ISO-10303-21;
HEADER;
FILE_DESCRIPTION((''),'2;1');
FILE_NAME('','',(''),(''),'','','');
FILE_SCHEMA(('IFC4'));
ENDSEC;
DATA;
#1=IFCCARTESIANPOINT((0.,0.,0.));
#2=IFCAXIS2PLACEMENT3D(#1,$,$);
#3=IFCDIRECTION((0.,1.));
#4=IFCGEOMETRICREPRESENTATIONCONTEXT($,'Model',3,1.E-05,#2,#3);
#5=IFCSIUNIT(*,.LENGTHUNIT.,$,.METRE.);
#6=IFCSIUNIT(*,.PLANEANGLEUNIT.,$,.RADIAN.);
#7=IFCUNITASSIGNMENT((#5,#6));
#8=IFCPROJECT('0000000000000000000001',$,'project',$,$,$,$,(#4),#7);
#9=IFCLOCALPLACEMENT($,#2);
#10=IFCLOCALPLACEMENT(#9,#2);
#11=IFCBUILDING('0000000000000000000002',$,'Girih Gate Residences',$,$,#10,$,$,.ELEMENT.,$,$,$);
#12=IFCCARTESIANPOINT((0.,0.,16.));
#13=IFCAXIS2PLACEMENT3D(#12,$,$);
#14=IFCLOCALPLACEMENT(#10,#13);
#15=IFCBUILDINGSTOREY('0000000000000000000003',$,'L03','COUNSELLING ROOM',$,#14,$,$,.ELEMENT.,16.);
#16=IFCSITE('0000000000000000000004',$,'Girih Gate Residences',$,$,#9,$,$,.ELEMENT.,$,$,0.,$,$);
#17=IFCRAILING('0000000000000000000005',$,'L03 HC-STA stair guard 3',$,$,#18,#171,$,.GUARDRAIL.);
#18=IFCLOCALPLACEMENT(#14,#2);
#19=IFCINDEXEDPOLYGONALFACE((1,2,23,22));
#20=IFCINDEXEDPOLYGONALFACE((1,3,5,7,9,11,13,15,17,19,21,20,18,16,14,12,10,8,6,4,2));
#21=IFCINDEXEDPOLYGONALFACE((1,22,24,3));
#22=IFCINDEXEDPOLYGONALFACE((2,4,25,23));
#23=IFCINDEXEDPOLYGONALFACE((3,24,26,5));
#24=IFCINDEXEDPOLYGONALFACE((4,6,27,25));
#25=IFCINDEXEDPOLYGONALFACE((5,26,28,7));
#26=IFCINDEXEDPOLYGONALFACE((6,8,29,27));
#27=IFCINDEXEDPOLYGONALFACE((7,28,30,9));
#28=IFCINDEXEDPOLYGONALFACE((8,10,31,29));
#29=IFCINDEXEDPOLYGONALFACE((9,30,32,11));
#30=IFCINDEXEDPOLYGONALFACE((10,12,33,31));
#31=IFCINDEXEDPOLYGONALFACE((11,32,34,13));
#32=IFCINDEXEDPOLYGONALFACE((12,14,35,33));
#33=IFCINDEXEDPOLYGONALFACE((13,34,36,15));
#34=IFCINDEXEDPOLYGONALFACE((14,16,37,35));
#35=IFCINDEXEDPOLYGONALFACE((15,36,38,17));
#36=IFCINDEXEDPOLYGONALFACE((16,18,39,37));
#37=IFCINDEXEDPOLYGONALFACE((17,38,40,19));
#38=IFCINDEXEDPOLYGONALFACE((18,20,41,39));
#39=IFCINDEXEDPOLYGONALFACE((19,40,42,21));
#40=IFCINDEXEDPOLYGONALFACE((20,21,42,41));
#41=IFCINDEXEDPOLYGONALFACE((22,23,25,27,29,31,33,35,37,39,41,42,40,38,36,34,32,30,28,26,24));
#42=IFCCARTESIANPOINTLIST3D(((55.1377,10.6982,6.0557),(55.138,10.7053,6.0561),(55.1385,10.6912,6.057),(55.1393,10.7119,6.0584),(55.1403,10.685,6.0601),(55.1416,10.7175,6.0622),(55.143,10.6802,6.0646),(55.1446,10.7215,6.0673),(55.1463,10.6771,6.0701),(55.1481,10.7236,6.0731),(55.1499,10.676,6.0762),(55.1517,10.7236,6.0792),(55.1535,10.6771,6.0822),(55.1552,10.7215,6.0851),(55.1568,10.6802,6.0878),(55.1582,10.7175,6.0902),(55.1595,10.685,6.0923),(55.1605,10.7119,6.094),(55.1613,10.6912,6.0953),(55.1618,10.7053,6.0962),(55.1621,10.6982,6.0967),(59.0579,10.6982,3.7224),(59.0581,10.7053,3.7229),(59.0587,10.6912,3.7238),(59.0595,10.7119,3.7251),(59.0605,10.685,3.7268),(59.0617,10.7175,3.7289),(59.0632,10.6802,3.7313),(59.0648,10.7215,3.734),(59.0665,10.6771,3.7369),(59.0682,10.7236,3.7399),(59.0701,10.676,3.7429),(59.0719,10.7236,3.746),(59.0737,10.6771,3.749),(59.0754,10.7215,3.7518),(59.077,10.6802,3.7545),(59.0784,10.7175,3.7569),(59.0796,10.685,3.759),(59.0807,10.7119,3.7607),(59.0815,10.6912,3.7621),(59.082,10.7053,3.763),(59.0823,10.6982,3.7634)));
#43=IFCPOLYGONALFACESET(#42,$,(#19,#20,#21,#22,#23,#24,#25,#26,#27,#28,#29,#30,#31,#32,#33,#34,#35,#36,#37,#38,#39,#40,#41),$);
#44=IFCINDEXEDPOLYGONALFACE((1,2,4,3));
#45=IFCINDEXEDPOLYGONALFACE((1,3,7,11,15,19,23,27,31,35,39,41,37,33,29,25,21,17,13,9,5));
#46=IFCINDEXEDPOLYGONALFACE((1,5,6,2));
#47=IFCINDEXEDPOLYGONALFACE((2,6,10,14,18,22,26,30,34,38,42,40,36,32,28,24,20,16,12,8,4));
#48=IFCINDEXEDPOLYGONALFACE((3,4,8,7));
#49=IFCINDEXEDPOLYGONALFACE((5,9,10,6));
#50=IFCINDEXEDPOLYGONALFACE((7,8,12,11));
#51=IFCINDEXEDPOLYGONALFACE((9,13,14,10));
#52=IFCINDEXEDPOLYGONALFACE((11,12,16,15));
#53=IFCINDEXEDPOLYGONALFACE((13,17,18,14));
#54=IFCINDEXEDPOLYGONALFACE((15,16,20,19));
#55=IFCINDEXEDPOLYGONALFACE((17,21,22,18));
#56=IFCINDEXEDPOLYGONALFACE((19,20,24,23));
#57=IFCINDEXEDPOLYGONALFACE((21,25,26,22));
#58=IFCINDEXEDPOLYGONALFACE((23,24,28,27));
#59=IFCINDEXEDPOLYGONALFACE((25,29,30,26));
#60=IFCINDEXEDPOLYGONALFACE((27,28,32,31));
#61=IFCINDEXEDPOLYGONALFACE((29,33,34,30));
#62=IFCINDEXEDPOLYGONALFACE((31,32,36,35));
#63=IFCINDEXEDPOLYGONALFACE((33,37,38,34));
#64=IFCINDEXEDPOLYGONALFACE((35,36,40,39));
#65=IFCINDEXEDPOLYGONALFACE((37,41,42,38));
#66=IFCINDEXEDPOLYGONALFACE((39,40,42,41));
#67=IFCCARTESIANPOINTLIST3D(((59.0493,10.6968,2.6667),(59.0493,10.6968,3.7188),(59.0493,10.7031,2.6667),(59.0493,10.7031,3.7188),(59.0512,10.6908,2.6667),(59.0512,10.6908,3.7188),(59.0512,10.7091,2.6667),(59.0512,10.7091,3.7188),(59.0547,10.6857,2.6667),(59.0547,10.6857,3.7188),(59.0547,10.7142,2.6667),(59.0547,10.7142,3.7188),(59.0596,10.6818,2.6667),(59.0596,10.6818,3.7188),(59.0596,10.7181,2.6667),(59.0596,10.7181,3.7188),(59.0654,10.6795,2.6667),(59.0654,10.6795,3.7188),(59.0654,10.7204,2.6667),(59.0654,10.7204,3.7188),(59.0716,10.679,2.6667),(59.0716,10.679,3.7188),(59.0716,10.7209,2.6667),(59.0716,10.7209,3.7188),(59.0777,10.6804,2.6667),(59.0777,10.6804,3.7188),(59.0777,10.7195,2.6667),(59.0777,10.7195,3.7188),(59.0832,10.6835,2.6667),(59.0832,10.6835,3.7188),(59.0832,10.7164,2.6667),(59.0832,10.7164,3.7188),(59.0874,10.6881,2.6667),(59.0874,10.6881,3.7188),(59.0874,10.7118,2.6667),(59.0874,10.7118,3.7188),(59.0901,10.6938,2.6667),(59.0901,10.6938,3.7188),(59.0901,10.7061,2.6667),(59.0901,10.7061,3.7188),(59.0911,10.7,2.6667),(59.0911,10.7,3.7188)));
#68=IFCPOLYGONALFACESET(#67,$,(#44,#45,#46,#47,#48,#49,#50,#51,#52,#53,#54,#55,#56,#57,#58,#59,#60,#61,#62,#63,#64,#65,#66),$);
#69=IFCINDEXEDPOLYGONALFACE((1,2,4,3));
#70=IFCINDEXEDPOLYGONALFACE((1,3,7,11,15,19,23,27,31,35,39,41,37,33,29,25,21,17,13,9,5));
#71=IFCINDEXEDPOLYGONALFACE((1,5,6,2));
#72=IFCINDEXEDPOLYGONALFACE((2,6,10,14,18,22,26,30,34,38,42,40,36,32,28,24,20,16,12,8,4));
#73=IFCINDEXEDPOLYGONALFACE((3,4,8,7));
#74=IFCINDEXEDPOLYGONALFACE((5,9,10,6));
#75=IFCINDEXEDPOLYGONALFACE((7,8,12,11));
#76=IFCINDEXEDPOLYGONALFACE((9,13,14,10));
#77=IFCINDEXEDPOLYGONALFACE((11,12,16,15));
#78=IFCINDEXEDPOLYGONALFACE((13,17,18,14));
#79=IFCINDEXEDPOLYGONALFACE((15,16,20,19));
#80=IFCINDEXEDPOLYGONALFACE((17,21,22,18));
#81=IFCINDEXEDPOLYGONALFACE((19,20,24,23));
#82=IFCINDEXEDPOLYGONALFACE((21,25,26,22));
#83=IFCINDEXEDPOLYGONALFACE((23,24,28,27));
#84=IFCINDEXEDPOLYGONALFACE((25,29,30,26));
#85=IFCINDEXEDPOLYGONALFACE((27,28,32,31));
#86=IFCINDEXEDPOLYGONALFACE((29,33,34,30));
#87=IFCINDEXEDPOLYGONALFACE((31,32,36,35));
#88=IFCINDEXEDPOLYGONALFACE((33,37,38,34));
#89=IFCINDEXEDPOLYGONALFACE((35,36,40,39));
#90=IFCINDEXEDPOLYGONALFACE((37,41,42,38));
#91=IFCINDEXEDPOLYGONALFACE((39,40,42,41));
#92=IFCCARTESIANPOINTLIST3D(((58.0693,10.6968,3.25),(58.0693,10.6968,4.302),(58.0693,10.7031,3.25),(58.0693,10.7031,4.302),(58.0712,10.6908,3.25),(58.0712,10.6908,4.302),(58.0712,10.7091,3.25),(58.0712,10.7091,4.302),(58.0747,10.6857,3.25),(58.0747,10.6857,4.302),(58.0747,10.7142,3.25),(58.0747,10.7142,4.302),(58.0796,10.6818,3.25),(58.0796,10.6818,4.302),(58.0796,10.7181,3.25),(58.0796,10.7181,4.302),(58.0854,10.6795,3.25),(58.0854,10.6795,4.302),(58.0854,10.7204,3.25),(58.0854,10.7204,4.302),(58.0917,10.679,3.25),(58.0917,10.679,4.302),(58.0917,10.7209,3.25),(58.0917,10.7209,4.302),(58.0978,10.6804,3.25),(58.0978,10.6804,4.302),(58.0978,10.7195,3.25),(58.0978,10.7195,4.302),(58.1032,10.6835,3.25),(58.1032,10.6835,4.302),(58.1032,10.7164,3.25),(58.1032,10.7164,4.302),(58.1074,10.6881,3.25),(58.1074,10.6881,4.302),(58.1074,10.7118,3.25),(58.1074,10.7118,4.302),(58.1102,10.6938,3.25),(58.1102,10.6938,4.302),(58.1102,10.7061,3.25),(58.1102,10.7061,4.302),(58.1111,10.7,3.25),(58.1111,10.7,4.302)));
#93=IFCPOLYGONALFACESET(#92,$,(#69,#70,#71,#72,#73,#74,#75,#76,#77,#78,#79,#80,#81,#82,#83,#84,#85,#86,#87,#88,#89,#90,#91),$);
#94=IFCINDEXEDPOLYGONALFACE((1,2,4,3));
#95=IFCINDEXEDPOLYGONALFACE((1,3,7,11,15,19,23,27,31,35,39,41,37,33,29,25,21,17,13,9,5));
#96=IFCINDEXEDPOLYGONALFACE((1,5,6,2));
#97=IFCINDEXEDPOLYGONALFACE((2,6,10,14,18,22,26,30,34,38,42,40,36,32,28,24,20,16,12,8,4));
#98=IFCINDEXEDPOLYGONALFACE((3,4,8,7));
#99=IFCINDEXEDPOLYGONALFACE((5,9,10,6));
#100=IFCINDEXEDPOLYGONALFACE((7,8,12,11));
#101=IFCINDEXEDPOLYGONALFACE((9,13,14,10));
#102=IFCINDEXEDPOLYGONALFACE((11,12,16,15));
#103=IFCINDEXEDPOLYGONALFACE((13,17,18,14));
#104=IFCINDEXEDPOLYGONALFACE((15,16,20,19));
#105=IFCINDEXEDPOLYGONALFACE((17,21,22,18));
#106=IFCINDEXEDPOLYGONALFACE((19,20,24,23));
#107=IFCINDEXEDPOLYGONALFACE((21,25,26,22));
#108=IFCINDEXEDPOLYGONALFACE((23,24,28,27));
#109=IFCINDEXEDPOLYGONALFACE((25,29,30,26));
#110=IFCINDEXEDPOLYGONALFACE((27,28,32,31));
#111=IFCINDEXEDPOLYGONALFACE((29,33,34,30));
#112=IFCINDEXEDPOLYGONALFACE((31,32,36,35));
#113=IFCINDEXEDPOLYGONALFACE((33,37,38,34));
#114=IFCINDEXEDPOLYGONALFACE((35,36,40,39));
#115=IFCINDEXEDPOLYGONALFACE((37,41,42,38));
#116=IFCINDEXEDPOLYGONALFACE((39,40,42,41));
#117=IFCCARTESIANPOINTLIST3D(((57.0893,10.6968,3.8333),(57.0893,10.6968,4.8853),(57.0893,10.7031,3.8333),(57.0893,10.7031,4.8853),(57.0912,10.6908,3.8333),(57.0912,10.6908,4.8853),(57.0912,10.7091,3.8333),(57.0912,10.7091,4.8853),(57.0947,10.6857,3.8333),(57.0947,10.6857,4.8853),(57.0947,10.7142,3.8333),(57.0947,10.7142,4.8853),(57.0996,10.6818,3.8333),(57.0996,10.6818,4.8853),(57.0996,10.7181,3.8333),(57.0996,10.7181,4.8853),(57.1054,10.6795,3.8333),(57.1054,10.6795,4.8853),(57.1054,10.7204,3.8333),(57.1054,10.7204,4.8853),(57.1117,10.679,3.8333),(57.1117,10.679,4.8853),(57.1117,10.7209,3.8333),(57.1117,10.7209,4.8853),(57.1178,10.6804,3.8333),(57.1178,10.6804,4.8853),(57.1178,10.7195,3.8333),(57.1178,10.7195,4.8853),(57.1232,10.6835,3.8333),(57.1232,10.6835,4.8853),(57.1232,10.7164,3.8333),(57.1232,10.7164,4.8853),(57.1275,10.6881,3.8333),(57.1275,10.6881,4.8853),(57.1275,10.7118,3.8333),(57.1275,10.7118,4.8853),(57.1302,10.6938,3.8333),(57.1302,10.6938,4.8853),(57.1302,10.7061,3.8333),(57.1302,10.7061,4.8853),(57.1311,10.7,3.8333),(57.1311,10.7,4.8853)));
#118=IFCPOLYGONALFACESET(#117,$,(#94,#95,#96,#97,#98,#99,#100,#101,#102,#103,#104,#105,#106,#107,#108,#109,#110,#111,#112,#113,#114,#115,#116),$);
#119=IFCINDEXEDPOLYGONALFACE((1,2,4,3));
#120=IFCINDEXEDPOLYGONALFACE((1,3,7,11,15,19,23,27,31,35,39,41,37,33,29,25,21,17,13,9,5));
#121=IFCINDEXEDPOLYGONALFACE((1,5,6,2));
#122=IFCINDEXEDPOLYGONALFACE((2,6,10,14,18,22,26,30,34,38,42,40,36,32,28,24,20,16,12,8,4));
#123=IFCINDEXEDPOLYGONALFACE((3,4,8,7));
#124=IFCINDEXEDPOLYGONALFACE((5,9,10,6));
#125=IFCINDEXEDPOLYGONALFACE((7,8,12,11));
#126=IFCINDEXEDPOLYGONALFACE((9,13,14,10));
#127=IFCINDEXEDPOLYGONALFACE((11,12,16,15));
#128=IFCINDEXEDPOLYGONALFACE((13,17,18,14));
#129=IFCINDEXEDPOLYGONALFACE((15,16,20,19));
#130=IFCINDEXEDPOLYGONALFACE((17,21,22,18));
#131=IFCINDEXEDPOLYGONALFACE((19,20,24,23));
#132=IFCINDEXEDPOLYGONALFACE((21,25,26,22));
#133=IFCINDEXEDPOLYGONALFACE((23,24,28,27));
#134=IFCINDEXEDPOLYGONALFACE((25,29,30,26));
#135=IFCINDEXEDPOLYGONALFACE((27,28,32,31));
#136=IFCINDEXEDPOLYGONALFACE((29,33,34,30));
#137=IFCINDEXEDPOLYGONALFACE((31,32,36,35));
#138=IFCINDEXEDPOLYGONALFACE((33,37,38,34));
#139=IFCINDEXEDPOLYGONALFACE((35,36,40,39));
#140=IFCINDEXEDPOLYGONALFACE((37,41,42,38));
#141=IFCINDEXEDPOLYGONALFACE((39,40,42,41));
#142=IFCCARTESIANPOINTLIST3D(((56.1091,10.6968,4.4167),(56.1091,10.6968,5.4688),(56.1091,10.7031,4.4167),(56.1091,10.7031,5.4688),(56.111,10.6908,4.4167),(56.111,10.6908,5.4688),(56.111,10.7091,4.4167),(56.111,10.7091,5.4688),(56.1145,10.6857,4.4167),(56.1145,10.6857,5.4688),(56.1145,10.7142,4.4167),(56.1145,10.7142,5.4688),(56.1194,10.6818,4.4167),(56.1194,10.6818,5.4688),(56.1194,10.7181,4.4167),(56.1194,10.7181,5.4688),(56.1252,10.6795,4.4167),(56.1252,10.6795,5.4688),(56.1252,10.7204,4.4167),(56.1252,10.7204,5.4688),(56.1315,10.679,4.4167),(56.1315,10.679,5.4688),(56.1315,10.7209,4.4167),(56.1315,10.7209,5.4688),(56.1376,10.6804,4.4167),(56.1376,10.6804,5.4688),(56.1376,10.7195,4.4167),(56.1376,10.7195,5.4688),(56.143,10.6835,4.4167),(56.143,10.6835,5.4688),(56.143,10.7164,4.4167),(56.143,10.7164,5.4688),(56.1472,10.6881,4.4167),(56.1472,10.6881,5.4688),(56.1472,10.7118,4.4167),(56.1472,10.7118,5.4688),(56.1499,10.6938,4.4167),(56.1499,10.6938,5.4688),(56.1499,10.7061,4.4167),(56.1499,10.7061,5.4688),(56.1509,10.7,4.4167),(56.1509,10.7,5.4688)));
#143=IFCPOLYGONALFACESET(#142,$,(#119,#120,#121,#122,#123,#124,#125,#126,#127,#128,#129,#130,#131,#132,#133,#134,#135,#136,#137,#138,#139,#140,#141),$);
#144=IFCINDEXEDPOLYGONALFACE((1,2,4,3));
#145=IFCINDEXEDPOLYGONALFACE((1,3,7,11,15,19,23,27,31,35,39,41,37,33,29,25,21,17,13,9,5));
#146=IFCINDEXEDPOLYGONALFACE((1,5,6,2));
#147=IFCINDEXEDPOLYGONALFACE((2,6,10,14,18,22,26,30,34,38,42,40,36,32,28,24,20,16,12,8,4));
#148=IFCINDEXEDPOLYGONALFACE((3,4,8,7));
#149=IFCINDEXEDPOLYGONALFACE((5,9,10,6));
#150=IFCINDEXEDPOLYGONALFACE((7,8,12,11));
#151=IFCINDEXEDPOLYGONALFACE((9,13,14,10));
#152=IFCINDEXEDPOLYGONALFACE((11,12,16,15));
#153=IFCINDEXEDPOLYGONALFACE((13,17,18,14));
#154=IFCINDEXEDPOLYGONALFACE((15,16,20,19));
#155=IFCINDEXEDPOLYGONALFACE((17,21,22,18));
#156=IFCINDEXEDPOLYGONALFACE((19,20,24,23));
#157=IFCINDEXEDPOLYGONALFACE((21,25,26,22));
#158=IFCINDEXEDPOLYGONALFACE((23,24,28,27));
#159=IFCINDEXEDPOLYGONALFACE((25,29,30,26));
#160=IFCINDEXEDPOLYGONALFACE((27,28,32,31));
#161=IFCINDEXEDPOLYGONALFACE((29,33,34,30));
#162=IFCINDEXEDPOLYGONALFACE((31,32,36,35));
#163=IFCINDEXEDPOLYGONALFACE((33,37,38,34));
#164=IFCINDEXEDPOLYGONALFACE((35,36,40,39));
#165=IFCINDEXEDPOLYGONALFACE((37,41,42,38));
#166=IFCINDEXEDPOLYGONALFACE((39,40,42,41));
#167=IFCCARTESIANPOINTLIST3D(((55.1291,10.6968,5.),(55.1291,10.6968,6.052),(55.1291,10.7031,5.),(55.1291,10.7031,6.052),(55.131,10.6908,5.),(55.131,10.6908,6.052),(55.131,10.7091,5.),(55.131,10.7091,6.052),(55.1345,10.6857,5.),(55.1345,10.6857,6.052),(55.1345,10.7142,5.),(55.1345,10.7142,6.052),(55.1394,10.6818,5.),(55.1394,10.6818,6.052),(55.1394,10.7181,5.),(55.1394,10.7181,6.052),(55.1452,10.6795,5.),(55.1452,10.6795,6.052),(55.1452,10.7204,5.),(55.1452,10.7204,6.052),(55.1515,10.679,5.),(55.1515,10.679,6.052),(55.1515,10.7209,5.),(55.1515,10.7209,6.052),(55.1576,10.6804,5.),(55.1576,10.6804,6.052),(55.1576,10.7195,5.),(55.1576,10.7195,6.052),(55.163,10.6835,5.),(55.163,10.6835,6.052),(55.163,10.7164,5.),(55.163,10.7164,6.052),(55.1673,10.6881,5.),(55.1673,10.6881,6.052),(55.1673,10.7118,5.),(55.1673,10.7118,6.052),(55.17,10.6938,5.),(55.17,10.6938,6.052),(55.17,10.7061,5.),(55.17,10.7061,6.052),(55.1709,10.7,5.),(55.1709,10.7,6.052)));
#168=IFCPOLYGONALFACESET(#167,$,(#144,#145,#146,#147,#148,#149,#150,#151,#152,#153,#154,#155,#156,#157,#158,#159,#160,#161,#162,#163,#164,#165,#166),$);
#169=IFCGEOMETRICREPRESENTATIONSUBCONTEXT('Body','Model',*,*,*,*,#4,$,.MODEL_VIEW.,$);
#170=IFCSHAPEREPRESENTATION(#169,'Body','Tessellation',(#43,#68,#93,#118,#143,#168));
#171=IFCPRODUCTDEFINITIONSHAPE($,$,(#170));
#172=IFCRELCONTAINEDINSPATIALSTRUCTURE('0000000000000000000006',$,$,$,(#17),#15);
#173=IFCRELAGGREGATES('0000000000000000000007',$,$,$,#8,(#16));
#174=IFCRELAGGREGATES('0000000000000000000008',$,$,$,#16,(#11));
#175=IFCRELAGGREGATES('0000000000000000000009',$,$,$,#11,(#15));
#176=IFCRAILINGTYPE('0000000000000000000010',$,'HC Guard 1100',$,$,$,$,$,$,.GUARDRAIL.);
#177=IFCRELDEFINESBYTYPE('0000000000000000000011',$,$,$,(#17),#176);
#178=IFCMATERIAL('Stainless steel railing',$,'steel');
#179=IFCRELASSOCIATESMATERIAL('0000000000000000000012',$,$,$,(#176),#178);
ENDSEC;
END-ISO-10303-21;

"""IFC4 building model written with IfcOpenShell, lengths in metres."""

from ifc_helpers import new_model, si_unit, direction, frame, origin, origin_2d, place, context, subcontext, project, spatial, circle, extrude, material, type_object, element, save


model = new_model("IFC4")

# Units and contexts
model_context = context("Model", 3, precision=1e-05, world=origin(), true_north=direction((0.0, 1.0)))
body_context = subcontext(model_context, "Body", "Model", "MODEL_VIEW")
ifc_project = project(units=[si_unit("LENGTHUNIT", "METRE"), si_unit("PLANEANGLEUNIT", "RADIAN")], contexts=[model_context])

# Site, building, storey
site_placement = place(None, origin())
site = spatial("IfcSite", under=ifc_project, at=site_placement, Name="Girih Gate Residences", CompositionType="ELEMENT", RefElevation=0.0)
building_placement = place(site_placement, origin())
building = spatial("IfcBuilding", under=site, at=building_placement, Name="Girih Gate Residences", CompositionType="ELEMENT")
storey_placement = place(building_placement, frame((0.0, 0.0, 16.0)))
storey = spatial("IfcBuildingStorey", under=building, at=storey_placement, Name="L03", Description="COUNSELLING ROOM", CompositionType="ELEMENT", Elevation=16.0)

# Railing
ifc_material_1 = material(Name="Stainless steel railing", Category="steel")
railing_type_1 = type_object("IfcRailingType", Name="HC Guard 1100", PredefinedType="GUARDRAIL", material=ifc_material_1)
railing_1_placement = place(storey_placement, frame((59.0701, 10.7, 2.6667)))
element("IfcRailing", 1, at=railing_1_placement, inside=storey, type_object=railing_type_1, Name="L03 HC-STA stair guard 3", PredefinedType="GUARDRAIL", context=body_context, shape_type="SweptSolid", body=[
    extrude(circle(Radius=0.0239, at=origin_2d()), frame((0.0, 0.0, 1.0762), z_axis=(-0.85931, 0.0, 0.511455), x_axis=(0.0, -1.0, 0.0)), (0.0, 0.0, 1.0), 4.562),
    extrude(circle(Radius=0.021, at=origin_2d()), origin(), (0.0, 0.0, 1.0), 1.052),
    extrude(circle(Radius=0.021, at=origin_2d()), frame((-0.98, 0.0, 0.5833)), (0.0, 0.0, 1.0), 1.052),
    extrude(circle(Radius=0.021, at=origin_2d()), frame((-1.96, 0.0, 1.1665)), (0.0, 0.0, 1.0), 1.052),
    extrude(circle(Radius=0.021, at=origin_2d()), frame((-2.9402, 0.0, 1.75)), (0.0, 0.0, 1.0), 1.052),
    extrude(circle(Radius=0.021, at=origin_2d()), frame((-3.9202, 0.0, 2.3333)), (0.0, 0.0, 1.0), 1.052),
])

save(model, "model.ifc")
